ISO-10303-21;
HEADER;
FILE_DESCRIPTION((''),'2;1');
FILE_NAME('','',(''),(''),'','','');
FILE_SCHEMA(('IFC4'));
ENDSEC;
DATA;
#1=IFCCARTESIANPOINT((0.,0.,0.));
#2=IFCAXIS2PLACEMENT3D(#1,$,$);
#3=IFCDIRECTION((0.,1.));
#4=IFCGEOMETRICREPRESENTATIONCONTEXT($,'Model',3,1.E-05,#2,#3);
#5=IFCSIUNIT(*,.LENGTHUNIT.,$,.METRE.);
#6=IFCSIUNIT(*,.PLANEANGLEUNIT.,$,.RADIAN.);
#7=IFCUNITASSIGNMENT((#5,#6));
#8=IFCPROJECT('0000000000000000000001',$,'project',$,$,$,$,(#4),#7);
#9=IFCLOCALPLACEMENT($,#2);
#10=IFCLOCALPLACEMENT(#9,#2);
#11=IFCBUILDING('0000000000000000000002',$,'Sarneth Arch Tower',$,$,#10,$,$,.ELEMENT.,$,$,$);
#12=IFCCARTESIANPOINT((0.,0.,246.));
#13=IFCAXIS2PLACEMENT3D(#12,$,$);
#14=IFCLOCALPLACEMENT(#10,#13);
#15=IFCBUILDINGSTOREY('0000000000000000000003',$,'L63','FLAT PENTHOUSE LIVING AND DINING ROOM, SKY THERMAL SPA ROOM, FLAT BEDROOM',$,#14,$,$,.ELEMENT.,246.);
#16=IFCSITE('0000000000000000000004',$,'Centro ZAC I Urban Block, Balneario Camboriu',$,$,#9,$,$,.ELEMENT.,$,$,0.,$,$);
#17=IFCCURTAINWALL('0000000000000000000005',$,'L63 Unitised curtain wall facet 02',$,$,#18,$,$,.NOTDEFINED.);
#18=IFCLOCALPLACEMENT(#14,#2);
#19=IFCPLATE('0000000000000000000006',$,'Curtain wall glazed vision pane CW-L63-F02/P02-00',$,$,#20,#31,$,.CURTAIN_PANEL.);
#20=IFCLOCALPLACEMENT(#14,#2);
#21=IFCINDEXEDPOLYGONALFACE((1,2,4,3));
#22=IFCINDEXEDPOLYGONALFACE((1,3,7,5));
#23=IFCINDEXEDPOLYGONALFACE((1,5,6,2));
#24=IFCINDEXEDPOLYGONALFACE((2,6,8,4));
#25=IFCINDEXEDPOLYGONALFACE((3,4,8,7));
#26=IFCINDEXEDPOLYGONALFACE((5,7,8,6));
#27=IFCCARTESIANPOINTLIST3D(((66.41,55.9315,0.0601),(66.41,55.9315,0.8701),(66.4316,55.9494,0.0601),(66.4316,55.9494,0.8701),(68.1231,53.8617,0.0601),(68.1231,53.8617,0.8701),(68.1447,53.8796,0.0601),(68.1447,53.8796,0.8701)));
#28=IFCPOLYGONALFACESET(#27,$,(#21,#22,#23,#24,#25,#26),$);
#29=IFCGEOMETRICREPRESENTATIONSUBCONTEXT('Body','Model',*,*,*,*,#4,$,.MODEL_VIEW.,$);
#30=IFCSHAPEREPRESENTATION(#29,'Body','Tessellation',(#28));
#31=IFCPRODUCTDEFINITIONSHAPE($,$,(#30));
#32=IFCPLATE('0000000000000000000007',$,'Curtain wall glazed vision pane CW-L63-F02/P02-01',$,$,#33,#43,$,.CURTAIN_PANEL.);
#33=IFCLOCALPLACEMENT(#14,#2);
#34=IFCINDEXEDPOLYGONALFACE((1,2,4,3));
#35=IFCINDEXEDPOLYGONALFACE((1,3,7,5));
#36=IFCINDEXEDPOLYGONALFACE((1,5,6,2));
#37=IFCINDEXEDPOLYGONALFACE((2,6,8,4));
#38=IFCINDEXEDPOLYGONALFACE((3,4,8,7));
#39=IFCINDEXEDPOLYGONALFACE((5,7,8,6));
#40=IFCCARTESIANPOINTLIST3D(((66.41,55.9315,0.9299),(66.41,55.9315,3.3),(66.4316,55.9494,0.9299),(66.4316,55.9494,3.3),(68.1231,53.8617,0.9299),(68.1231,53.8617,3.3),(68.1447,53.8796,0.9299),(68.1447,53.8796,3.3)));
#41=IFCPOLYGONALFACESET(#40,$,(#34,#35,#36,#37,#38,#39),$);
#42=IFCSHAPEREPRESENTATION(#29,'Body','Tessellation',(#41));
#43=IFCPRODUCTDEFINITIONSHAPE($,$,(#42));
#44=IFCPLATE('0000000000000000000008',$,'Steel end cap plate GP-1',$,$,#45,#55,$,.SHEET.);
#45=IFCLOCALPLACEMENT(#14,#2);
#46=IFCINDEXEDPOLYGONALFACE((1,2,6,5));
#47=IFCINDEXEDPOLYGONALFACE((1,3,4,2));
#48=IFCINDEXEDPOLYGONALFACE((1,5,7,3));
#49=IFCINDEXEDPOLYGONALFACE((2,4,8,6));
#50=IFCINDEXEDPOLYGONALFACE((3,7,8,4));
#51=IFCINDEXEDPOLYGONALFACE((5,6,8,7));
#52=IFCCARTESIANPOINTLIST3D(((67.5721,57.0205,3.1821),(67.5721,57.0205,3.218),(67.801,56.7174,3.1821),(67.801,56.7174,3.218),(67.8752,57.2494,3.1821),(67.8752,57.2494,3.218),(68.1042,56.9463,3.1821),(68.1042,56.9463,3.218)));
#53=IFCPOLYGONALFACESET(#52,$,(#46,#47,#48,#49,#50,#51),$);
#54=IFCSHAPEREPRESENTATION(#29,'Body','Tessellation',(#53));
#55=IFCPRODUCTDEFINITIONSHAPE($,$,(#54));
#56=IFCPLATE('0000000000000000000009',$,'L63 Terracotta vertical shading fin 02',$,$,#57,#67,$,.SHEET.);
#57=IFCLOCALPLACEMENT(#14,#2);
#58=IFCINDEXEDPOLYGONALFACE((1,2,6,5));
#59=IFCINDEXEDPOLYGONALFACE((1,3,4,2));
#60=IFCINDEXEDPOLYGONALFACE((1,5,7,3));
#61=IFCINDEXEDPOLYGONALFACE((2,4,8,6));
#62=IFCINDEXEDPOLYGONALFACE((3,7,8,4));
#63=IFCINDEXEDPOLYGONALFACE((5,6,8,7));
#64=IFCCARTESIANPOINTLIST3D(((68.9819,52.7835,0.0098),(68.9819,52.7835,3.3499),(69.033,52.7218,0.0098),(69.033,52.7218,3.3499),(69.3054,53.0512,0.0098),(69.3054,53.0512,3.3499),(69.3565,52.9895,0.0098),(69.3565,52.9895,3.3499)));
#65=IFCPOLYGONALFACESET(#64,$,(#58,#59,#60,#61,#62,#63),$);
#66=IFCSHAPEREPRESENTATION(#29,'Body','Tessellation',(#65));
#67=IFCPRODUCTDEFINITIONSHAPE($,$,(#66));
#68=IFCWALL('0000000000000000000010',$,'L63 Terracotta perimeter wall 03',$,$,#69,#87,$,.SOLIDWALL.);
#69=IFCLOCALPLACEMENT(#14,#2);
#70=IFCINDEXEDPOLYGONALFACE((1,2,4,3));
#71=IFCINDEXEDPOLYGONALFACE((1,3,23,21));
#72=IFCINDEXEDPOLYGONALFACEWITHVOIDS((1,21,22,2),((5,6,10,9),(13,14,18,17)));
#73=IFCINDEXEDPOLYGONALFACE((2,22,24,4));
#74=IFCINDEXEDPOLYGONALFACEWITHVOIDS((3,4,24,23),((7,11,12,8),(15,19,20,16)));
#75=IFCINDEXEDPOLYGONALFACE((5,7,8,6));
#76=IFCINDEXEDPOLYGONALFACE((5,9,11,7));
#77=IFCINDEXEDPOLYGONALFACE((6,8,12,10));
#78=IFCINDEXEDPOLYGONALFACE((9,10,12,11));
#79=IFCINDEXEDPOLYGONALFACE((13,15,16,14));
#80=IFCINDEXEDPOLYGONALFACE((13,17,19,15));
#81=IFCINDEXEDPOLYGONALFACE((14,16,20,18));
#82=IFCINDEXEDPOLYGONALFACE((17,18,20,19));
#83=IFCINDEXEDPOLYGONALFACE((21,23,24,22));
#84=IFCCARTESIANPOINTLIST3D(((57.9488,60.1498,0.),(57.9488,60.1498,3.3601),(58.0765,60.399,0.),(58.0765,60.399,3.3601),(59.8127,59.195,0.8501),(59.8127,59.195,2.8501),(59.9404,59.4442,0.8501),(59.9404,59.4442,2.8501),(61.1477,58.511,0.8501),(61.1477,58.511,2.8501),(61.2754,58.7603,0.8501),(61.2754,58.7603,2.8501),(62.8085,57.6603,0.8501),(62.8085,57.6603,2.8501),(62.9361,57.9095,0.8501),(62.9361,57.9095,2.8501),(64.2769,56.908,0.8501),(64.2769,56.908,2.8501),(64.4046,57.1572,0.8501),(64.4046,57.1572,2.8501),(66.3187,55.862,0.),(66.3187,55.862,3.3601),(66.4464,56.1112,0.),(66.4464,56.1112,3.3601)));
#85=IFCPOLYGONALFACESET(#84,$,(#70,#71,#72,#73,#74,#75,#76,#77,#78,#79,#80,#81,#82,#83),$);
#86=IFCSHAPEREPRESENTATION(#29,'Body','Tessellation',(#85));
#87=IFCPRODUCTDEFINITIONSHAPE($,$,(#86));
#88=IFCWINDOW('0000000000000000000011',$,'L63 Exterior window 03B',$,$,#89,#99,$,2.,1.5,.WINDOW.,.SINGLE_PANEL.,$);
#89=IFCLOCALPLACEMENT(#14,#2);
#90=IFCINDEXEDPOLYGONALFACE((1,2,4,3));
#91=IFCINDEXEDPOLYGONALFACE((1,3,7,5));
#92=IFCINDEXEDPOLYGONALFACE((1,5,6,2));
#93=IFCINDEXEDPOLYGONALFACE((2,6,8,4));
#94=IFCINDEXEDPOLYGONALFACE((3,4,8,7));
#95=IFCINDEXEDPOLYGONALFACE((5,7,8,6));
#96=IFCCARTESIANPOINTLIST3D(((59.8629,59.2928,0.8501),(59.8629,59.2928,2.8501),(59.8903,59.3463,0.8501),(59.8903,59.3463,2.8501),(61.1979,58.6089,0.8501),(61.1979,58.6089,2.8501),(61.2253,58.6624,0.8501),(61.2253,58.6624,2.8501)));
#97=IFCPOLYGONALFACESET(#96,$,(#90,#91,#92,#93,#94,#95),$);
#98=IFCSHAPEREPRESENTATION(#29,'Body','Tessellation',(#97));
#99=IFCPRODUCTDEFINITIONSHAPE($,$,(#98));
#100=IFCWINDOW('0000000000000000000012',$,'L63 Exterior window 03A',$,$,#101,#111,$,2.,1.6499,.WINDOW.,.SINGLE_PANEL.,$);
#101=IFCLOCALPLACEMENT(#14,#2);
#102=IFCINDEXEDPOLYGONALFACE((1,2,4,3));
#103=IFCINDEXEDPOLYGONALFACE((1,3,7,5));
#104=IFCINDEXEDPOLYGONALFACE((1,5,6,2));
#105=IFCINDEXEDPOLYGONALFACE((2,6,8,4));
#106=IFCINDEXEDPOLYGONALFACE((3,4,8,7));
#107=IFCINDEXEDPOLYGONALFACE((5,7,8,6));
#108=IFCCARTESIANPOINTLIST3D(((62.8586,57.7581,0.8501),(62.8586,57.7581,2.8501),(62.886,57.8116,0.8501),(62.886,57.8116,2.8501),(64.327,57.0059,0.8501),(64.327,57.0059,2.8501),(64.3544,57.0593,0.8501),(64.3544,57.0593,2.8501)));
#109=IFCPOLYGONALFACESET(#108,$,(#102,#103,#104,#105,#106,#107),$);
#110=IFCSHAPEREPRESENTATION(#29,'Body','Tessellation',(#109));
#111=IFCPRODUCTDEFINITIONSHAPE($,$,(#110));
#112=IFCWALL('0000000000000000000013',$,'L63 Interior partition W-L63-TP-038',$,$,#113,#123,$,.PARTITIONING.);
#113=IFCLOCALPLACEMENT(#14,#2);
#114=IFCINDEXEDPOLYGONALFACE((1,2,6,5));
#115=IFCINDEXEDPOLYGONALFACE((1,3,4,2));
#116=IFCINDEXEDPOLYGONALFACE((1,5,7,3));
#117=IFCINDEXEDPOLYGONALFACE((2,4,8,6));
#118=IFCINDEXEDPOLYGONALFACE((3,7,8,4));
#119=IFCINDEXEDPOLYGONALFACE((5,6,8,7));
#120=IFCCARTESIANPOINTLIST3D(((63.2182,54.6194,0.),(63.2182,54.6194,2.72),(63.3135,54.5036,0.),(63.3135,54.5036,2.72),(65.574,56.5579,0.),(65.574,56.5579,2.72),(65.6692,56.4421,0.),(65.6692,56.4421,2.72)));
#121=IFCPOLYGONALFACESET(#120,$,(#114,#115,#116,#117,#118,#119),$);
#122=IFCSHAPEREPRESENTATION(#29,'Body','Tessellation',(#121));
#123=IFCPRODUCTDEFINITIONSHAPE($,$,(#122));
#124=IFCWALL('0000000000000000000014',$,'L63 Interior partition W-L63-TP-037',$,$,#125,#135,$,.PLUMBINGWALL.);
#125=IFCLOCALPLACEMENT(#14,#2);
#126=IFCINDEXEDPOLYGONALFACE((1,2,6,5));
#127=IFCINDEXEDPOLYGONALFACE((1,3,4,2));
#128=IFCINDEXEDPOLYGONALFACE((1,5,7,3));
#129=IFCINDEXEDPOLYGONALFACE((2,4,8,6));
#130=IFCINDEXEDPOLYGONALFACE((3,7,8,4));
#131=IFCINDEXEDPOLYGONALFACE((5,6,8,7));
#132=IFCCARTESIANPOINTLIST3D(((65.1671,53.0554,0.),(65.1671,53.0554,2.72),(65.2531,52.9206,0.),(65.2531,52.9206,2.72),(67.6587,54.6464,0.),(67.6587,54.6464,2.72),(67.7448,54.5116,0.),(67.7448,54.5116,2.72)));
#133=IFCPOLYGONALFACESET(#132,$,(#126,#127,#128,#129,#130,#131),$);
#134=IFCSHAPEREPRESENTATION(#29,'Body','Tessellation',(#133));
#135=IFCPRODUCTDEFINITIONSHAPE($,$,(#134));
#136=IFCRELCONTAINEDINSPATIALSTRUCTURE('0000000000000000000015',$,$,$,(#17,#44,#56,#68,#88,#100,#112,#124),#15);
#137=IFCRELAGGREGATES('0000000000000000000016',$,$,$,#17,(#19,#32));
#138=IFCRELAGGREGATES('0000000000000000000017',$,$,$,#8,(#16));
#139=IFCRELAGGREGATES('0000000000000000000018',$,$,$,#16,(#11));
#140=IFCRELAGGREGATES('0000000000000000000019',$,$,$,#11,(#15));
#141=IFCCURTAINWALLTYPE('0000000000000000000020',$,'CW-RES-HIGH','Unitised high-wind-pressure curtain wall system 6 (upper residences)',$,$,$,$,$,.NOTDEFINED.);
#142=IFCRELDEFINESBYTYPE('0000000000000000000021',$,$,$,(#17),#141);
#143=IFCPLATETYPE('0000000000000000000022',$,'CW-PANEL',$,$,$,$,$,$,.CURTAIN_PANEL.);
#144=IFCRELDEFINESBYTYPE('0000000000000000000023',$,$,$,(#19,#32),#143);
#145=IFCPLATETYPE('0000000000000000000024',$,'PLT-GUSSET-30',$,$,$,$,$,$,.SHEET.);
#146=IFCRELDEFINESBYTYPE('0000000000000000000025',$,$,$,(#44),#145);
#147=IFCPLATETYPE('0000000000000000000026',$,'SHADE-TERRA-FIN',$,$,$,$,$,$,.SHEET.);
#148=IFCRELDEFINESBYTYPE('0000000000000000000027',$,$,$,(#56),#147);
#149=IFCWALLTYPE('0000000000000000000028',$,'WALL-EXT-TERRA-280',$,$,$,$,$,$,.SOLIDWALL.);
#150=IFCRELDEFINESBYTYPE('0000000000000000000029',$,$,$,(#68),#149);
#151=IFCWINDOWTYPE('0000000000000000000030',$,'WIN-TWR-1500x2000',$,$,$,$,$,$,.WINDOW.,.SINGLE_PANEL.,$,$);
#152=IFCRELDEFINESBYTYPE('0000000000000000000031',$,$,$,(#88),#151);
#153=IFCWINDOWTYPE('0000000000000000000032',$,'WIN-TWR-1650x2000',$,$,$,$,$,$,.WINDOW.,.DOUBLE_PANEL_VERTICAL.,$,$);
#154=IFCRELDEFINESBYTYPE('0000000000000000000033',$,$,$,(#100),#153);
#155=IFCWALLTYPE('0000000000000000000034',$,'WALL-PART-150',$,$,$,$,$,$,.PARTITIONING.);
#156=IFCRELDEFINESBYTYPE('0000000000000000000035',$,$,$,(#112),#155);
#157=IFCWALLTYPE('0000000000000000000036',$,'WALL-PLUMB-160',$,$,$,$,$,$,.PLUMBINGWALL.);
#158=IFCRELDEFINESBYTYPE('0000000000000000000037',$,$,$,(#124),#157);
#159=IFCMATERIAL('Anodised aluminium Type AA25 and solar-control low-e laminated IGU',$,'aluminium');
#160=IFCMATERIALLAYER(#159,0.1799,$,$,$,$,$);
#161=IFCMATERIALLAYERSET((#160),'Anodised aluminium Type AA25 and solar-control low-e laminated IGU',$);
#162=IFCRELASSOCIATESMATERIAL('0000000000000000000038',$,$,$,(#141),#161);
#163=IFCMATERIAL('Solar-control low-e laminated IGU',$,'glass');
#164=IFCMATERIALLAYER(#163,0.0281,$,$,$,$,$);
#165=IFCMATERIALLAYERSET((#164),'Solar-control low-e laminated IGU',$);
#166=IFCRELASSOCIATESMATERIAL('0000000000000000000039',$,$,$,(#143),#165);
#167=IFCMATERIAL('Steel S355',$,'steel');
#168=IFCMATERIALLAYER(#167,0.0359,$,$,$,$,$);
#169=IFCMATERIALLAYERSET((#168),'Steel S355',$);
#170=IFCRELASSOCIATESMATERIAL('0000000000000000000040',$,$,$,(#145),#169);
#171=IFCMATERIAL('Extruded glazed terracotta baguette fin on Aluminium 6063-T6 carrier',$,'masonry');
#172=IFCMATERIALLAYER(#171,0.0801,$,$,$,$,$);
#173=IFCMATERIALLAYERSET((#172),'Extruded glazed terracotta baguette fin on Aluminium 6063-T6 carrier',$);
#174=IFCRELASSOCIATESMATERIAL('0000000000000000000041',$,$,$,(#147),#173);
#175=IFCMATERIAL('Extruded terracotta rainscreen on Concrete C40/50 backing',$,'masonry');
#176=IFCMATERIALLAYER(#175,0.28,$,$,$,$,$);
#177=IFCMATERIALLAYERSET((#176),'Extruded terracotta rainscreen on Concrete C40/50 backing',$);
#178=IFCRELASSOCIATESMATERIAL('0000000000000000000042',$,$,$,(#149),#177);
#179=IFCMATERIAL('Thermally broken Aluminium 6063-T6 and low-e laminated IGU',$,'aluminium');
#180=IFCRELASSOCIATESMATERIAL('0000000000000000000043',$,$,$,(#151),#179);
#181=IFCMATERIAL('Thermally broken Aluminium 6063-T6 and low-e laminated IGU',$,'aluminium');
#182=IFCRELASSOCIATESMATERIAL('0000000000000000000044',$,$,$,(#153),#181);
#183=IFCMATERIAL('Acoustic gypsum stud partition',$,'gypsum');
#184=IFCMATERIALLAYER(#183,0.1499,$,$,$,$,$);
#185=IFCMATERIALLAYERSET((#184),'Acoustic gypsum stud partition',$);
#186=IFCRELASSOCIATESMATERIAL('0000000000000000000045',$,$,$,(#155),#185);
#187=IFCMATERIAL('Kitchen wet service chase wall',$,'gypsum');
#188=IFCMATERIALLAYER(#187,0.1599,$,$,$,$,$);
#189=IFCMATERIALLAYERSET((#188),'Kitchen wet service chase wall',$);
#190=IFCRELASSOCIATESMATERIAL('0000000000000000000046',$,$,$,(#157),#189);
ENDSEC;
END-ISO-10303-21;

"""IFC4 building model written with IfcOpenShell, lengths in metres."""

from ifc_helpers import new_model, si_unit, direction, frame, frame_2d, origin, origin_2d, place, context, subcontext, project, spatial, rectangle, extrude, material, layer, layer_set, type_object, element, fill, aggregate, save


model = new_model("IFC4")

# Units and contexts
model_context = context("Model", 3, precision=1e-05, world=origin(), true_north=direction((0.0, 1.0)))
body_context = subcontext(model_context, "Body", "Model", "MODEL_VIEW")
ifc_project = project(units=[si_unit("LENGTHUNIT", "METRE"), si_unit("PLANEANGLEUNIT", "RADIAN")], contexts=[model_context])

# Site, building, storey
site_placement = place(None, origin())
site = spatial("IfcSite", under=ifc_project, at=site_placement, Name="Centro ZAC I Urban Block, Balneario Camboriu", CompositionType="ELEMENT", RefElevation=0.0)
building_placement = place(site_placement, origin())
building = spatial("IfcBuilding", under=site, at=building_placement, Name="Sarneth Arch Tower", CompositionType="ELEMENT")
storey_placement = place(building_placement, frame((0.0, 0.0, 246.0)))
storey = spatial("IfcBuildingStorey", under=building, at=storey_placement, Name="L63", Description="FLAT PENTHOUSE LIVING AND DINING ROOM, SKY THERMAL SPA ROOM, FLAT BEDROOM", CompositionType="ELEMENT", Elevation=246.0)

# Curtain wall
ifc_material_1 = material(Name="Anodised aluminium Type AA25 and solar-control low-e laminated IGU", Category="aluminium")
ifc_layer_1 = layer(ifc_material_1, 0.1799)
ifc_layer_set_1 = layer_set([ifc_layer_1], Name="Anodised aluminium Type AA25 and solar-control low-e laminated IGU")
curtain_wall_type = type_object("IfcCurtainWallType", Name="CW-RES-HIGH", Description="Unitised high-wind-pressure curtain wall system 6 (upper residences)", PredefinedType="NOTDEFINED", material=ifc_layer_set_1)
curtain_wall_placement = place(storey_placement, origin())
curtain_wall = element("IfcCurtainWall", 1, at=curtain_wall_placement, inside=storey, type_object=curtain_wall_type, Name="L63 Unitised curtain wall facet 02", PredefinedType="NOTDEFINED")

# Plates
ifc_material_2 = material(Name="Solar-control low-e laminated IGU", Category="glass")
ifc_layer_2 = layer(ifc_material_2, 0.0281)
ifc_layer_set_2 = layer_set([ifc_layer_2], Name="Solar-control low-e laminated IGU")
plate_type_1 = type_object("IfcPlateType", Name="CW-PANEL", PredefinedType="CURTAIN_PANEL", material=ifc_layer_set_2)
plate_1_placement = place(storey_placement, frame((67.2773, 54.9055, 0.0601), z_axis=(0.0, 0.0, 1.0), x_axis=(-0.63761, 0.770359, 0.0)))
plate_1 = element("IfcPlate", 2, at=plate_1_placement, type_object=plate_type_1, Name="Curtain wall glazed vision pane CW-L63-F02/P02-00", PredefinedType="CURTAIN_PANEL", context=body_context, shape_type="SweptSolid", body=[
    extrude(rectangle(XDim=2.6868, YDim=0.0281, at=origin_2d()), origin(), (0.0, 0.0, 1.0), 0.8101),
])
plate_2_placement = place(storey_placement, frame((67.2773, 54.9055, 0.9299), z_axis=(0.0, 0.0, 1.0), x_axis=(-0.63761, 0.770359, 0.0)))
plate_2 = element("IfcPlate", 3, at=plate_2_placement, type_object=plate_type_1, Name="Curtain wall glazed vision pane CW-L63-F02/P02-01", PredefinedType="CURTAIN_PANEL", context=body_context, shape_type="SweptSolid", body=[
    extrude(rectangle(XDim=2.6868, YDim=0.0281, at=origin_2d()), origin(), (0.0, 0.0, 1.0), 2.3701),
])
aggregate(curtain_wall, [plate_1, plate_2])

# Plates
ifc_material_3 = material(Name="Steel S355", Category="steel")
ifc_layer_3 = layer(ifc_material_3, 0.0359)
ifc_layer_set_3 = layer_set([ifc_layer_3], Name="Steel S355")
plate_type_2 = type_object("IfcPlateType", Name="PLT-GUSSET-30", PredefinedType="SHEET", material=ifc_layer_set_3)
plate_3_placement = place(storey_placement, frame((67.8381, 56.9834, 3.1821), z_axis=(0.0, 0.0, 1.0), x_axis=(0.798005, 0.602651, 0.0)))
element("IfcPlate", 4, at=plate_3_placement, inside=storey, type_object=plate_type_2, Name="Steel end cap plate GP-1", PredefinedType="SHEET", context=body_context, shape_type="SweptSolid", body=[
    extrude(rectangle(XDim=0.3799, YDim=0.3799, at=origin_2d()), origin(), (0.0, 0.0, 1.0), 0.0359),
])
ifc_material_4 = material(Name="Extruded glazed terracotta baguette fin on Aluminium 6063-T6 carrier", Category="masonry")
ifc_layer_4 = layer(ifc_material_4, 0.0801)
ifc_layer_set_4 = layer_set([ifc_layer_4], Name="Extruded glazed terracotta baguette fin on Aluminium 6063-T6 carrier")
plate_type_3 = type_object("IfcPlateType", Name="SHADE-TERRA-FIN", PredefinedType="SHEET", material=ifc_layer_set_4)
plate_4_placement = place(storey_placement, frame((69.1692, 52.8865, 0.0098), z_axis=(0.0, 0.0, 1.0), x_axis=(0.770402, 0.637558, 0.0)))
element("IfcPlate", 5, at=plate_4_placement, inside=storey, type_object=plate_type_3, Name="L63 Terracotta vertical shading fin 02", PredefinedType="SHEET", context=body_context, shape_type="SweptSolid", body=[
    extrude(rectangle(XDim=0.4199, YDim=0.0801, at=origin_2d()), origin(), (0.0, 0.0, 1.0), 3.3401),
])

# Wall, openings, windows
ifc_material_5 = material(Name="Extruded terracotta rainscreen on Concrete C40/50 backing", Category="masonry")
ifc_layer_5 = layer(ifc_material_5, 0.28)
ifc_layer_set_5 = layer_set([ifc_layer_5], Name="Extruded terracotta rainscreen on Concrete C40/50 backing")
wall_type_1 = type_object("IfcWallType", Name="WALL-EXT-TERRA-280", PredefinedType="SOLIDWALL", material=ifc_layer_set_5)
wall_1_placement = place(storey_placement, frame((66.3826, 55.9866, 0.0), z_axis=(0.0, 0.0, 1.0), x_axis=(-0.890007, 0.455946, 0.0)))
wall_1 = element("IfcWall", 6, at=wall_1_placement, inside=storey, type_object=wall_type_1, Name="L63 Terracotta perimeter wall 03", PredefinedType="SOLIDWALL", context=body_context, shape_type="SweptSolid", body=[
    extrude(rectangle(XDim=9.4043, YDim=0.28, at=frame_2d((4.7021, 0.0))), origin(), (0.0, 0.0, 1.0), 3.3601),
])
opening_1_placement = place(wall_1_placement, frame((2.2942, 0.0, 0.8501)))
opening_1 = element("IfcOpeningElement", 7, at=opening_1_placement, cuts=wall_1, PredefinedType="OPENING", context=body_context, shape_type="SweptSolid", body=[
    extrude(rectangle(XDim=1.6499, YDim=2.0, at=frame_2d((0.825, 1.0))), frame((0.0, 0.1499, 0.0), z_axis=(0.0, -1.0, 0.0), x_axis=(1.0, 0.0, 0.0)), (0.0, 0.0, 1.0), 0.3),
])
opening_2_placement = place(wall_1_placement, frame((5.8101, 0.0, 0.8501)))
opening_2 = element("IfcOpeningElement", 8, at=opening_2_placement, cuts=wall_1, PredefinedType="OPENING", context=body_context, shape_type="SweptSolid", body=[
    extrude(rectangle(XDim=1.5, YDim=2.0, at=frame_2d((0.75, 1.0))), frame((0.0, 0.1499, 0.0), z_axis=(0.0, -1.0, 0.0), x_axis=(1.0, 0.0, 0.0)), (0.0, 0.0, 1.0), 0.3),
])
ifc_material_6 = material(Name="Thermally broken Aluminium 6063-T6 and low-e laminated IGU", Category="aluminium")
window_type_1 = type_object("IfcWindowType", Name="WIN-TWR-1500x2000", PartitioningType="SINGLE_PANEL", PredefinedType="WINDOW", material=ifc_material_6)
window_1_placement = place(opening_2_placement, origin())
window_1 = element("IfcWindow", 9, at=window_1_placement, inside=storey, type_object=window_type_1, Name="L63 Exterior window 03B", OverallHeight=2.0, OverallWidth=1.5, PartitioningType="SINGLE_PANEL", PredefinedType="WINDOW", context=body_context, shape_type="SweptSolid", body=[
    extrude(rectangle(XDim=1.5, YDim=2.0, at=frame_2d((0.75, 1.0))), frame((0.0, 0.03, 0.0), z_axis=(0.0, -1.0, 0.0), x_axis=(1.0, 0.0, 0.0)), (0.0, 0.0, 1.0), 0.0601),
])
fill(opening_2, window_1)
ifc_material_7 = material(Name="Thermally broken Aluminium 6063-T6 and low-e laminated IGU", Category="aluminium")
window_type_2 = type_object("IfcWindowType", Name="WIN-TWR-1650x2000", PartitioningType="DOUBLE_PANEL_VERTICAL", PredefinedType="WINDOW", material=ifc_material_7)
window_2_placement = place(opening_1_placement, origin())
window_2 = element("IfcWindow", 10, at=window_2_placement, inside=storey, type_object=window_type_2, Name="L63 Exterior window 03A", OverallHeight=2.0, OverallWidth=1.6499, PartitioningType="SINGLE_PANEL", PredefinedType="WINDOW", context=body_context, shape_type="SweptSolid", body=[
    extrude(rectangle(XDim=1.6499, YDim=2.0, at=frame_2d((0.825, 1.0))), frame((0.0, 0.03, 0.0), z_axis=(0.0, -1.0, 0.0), x_axis=(1.0, 0.0, 0.0)), (0.0, 0.0, 1.0), 0.0601),
])
fill(opening_1, window_2)

# Walls
ifc_material_8 = material(Name="Acoustic gypsum stud partition", Category="gypsum")
ifc_layer_6 = layer(ifc_material_8, 0.1499)
ifc_layer_set_6 = layer_set([ifc_layer_6], Name="Acoustic gypsum stud partition")
wall_type_2 = type_object("IfcWallType", Name="WALL-PART-150", PredefinedType="PARTITIONING", material=ifc_layer_set_6)
wall_2_placement = place(storey_placement, frame((65.6216, 56.5, 0.0), z_axis=(0.0, 0.0, 1.0), x_axis=(-0.772175, -0.63541, 0.0)))
element("IfcWall", 11, at=wall_2_placement, inside=storey, type_object=wall_type_2, Name="L63 Interior partition W-L63-TP-038", PredefinedType="PARTITIONING", context=body_context, shape_type="SweptSolid", body=[
    extrude(rectangle(XDim=3.0508, YDim=0.1499, at=frame_2d((1.5254, 0.0))), origin(), (0.0, 0.0, 1.0), 2.72),
])
ifc_material_9 = material(Name="Kitchen wet service chase wall", Category="gypsum")
ifc_layer_7 = layer(ifc_material_9, 0.1599)
ifc_layer_set_7 = layer_set([ifc_layer_7], Name="Kitchen wet service chase wall")
wall_type_3 = type_object("IfcWallType", Name="WALL-PLUMB-160", PredefinedType="PLUMBINGWALL", material=ifc_layer_set_7)
wall_3_placement = place(storey_placement, frame((65.2102, 52.988, 0.0), z_axis=(0.0, 0.0, 1.0), x_axis=(0.842827, 0.538184, 0.0)))
element("IfcWall", 12, at=wall_3_placement, inside=storey, type_object=wall_type_3, Name="L63 Interior partition W-L63-TP-037", PredefinedType="PLUMBINGWALL", context=body_context, shape_type="SweptSolid", body=[
    extrude(rectangle(XDim=2.9563, YDim=0.1599, at=frame_2d((1.478, 0.0))), origin(), (0.0, 0.0, 1.0), 2.72),
])

save(model, "model.ifc")
